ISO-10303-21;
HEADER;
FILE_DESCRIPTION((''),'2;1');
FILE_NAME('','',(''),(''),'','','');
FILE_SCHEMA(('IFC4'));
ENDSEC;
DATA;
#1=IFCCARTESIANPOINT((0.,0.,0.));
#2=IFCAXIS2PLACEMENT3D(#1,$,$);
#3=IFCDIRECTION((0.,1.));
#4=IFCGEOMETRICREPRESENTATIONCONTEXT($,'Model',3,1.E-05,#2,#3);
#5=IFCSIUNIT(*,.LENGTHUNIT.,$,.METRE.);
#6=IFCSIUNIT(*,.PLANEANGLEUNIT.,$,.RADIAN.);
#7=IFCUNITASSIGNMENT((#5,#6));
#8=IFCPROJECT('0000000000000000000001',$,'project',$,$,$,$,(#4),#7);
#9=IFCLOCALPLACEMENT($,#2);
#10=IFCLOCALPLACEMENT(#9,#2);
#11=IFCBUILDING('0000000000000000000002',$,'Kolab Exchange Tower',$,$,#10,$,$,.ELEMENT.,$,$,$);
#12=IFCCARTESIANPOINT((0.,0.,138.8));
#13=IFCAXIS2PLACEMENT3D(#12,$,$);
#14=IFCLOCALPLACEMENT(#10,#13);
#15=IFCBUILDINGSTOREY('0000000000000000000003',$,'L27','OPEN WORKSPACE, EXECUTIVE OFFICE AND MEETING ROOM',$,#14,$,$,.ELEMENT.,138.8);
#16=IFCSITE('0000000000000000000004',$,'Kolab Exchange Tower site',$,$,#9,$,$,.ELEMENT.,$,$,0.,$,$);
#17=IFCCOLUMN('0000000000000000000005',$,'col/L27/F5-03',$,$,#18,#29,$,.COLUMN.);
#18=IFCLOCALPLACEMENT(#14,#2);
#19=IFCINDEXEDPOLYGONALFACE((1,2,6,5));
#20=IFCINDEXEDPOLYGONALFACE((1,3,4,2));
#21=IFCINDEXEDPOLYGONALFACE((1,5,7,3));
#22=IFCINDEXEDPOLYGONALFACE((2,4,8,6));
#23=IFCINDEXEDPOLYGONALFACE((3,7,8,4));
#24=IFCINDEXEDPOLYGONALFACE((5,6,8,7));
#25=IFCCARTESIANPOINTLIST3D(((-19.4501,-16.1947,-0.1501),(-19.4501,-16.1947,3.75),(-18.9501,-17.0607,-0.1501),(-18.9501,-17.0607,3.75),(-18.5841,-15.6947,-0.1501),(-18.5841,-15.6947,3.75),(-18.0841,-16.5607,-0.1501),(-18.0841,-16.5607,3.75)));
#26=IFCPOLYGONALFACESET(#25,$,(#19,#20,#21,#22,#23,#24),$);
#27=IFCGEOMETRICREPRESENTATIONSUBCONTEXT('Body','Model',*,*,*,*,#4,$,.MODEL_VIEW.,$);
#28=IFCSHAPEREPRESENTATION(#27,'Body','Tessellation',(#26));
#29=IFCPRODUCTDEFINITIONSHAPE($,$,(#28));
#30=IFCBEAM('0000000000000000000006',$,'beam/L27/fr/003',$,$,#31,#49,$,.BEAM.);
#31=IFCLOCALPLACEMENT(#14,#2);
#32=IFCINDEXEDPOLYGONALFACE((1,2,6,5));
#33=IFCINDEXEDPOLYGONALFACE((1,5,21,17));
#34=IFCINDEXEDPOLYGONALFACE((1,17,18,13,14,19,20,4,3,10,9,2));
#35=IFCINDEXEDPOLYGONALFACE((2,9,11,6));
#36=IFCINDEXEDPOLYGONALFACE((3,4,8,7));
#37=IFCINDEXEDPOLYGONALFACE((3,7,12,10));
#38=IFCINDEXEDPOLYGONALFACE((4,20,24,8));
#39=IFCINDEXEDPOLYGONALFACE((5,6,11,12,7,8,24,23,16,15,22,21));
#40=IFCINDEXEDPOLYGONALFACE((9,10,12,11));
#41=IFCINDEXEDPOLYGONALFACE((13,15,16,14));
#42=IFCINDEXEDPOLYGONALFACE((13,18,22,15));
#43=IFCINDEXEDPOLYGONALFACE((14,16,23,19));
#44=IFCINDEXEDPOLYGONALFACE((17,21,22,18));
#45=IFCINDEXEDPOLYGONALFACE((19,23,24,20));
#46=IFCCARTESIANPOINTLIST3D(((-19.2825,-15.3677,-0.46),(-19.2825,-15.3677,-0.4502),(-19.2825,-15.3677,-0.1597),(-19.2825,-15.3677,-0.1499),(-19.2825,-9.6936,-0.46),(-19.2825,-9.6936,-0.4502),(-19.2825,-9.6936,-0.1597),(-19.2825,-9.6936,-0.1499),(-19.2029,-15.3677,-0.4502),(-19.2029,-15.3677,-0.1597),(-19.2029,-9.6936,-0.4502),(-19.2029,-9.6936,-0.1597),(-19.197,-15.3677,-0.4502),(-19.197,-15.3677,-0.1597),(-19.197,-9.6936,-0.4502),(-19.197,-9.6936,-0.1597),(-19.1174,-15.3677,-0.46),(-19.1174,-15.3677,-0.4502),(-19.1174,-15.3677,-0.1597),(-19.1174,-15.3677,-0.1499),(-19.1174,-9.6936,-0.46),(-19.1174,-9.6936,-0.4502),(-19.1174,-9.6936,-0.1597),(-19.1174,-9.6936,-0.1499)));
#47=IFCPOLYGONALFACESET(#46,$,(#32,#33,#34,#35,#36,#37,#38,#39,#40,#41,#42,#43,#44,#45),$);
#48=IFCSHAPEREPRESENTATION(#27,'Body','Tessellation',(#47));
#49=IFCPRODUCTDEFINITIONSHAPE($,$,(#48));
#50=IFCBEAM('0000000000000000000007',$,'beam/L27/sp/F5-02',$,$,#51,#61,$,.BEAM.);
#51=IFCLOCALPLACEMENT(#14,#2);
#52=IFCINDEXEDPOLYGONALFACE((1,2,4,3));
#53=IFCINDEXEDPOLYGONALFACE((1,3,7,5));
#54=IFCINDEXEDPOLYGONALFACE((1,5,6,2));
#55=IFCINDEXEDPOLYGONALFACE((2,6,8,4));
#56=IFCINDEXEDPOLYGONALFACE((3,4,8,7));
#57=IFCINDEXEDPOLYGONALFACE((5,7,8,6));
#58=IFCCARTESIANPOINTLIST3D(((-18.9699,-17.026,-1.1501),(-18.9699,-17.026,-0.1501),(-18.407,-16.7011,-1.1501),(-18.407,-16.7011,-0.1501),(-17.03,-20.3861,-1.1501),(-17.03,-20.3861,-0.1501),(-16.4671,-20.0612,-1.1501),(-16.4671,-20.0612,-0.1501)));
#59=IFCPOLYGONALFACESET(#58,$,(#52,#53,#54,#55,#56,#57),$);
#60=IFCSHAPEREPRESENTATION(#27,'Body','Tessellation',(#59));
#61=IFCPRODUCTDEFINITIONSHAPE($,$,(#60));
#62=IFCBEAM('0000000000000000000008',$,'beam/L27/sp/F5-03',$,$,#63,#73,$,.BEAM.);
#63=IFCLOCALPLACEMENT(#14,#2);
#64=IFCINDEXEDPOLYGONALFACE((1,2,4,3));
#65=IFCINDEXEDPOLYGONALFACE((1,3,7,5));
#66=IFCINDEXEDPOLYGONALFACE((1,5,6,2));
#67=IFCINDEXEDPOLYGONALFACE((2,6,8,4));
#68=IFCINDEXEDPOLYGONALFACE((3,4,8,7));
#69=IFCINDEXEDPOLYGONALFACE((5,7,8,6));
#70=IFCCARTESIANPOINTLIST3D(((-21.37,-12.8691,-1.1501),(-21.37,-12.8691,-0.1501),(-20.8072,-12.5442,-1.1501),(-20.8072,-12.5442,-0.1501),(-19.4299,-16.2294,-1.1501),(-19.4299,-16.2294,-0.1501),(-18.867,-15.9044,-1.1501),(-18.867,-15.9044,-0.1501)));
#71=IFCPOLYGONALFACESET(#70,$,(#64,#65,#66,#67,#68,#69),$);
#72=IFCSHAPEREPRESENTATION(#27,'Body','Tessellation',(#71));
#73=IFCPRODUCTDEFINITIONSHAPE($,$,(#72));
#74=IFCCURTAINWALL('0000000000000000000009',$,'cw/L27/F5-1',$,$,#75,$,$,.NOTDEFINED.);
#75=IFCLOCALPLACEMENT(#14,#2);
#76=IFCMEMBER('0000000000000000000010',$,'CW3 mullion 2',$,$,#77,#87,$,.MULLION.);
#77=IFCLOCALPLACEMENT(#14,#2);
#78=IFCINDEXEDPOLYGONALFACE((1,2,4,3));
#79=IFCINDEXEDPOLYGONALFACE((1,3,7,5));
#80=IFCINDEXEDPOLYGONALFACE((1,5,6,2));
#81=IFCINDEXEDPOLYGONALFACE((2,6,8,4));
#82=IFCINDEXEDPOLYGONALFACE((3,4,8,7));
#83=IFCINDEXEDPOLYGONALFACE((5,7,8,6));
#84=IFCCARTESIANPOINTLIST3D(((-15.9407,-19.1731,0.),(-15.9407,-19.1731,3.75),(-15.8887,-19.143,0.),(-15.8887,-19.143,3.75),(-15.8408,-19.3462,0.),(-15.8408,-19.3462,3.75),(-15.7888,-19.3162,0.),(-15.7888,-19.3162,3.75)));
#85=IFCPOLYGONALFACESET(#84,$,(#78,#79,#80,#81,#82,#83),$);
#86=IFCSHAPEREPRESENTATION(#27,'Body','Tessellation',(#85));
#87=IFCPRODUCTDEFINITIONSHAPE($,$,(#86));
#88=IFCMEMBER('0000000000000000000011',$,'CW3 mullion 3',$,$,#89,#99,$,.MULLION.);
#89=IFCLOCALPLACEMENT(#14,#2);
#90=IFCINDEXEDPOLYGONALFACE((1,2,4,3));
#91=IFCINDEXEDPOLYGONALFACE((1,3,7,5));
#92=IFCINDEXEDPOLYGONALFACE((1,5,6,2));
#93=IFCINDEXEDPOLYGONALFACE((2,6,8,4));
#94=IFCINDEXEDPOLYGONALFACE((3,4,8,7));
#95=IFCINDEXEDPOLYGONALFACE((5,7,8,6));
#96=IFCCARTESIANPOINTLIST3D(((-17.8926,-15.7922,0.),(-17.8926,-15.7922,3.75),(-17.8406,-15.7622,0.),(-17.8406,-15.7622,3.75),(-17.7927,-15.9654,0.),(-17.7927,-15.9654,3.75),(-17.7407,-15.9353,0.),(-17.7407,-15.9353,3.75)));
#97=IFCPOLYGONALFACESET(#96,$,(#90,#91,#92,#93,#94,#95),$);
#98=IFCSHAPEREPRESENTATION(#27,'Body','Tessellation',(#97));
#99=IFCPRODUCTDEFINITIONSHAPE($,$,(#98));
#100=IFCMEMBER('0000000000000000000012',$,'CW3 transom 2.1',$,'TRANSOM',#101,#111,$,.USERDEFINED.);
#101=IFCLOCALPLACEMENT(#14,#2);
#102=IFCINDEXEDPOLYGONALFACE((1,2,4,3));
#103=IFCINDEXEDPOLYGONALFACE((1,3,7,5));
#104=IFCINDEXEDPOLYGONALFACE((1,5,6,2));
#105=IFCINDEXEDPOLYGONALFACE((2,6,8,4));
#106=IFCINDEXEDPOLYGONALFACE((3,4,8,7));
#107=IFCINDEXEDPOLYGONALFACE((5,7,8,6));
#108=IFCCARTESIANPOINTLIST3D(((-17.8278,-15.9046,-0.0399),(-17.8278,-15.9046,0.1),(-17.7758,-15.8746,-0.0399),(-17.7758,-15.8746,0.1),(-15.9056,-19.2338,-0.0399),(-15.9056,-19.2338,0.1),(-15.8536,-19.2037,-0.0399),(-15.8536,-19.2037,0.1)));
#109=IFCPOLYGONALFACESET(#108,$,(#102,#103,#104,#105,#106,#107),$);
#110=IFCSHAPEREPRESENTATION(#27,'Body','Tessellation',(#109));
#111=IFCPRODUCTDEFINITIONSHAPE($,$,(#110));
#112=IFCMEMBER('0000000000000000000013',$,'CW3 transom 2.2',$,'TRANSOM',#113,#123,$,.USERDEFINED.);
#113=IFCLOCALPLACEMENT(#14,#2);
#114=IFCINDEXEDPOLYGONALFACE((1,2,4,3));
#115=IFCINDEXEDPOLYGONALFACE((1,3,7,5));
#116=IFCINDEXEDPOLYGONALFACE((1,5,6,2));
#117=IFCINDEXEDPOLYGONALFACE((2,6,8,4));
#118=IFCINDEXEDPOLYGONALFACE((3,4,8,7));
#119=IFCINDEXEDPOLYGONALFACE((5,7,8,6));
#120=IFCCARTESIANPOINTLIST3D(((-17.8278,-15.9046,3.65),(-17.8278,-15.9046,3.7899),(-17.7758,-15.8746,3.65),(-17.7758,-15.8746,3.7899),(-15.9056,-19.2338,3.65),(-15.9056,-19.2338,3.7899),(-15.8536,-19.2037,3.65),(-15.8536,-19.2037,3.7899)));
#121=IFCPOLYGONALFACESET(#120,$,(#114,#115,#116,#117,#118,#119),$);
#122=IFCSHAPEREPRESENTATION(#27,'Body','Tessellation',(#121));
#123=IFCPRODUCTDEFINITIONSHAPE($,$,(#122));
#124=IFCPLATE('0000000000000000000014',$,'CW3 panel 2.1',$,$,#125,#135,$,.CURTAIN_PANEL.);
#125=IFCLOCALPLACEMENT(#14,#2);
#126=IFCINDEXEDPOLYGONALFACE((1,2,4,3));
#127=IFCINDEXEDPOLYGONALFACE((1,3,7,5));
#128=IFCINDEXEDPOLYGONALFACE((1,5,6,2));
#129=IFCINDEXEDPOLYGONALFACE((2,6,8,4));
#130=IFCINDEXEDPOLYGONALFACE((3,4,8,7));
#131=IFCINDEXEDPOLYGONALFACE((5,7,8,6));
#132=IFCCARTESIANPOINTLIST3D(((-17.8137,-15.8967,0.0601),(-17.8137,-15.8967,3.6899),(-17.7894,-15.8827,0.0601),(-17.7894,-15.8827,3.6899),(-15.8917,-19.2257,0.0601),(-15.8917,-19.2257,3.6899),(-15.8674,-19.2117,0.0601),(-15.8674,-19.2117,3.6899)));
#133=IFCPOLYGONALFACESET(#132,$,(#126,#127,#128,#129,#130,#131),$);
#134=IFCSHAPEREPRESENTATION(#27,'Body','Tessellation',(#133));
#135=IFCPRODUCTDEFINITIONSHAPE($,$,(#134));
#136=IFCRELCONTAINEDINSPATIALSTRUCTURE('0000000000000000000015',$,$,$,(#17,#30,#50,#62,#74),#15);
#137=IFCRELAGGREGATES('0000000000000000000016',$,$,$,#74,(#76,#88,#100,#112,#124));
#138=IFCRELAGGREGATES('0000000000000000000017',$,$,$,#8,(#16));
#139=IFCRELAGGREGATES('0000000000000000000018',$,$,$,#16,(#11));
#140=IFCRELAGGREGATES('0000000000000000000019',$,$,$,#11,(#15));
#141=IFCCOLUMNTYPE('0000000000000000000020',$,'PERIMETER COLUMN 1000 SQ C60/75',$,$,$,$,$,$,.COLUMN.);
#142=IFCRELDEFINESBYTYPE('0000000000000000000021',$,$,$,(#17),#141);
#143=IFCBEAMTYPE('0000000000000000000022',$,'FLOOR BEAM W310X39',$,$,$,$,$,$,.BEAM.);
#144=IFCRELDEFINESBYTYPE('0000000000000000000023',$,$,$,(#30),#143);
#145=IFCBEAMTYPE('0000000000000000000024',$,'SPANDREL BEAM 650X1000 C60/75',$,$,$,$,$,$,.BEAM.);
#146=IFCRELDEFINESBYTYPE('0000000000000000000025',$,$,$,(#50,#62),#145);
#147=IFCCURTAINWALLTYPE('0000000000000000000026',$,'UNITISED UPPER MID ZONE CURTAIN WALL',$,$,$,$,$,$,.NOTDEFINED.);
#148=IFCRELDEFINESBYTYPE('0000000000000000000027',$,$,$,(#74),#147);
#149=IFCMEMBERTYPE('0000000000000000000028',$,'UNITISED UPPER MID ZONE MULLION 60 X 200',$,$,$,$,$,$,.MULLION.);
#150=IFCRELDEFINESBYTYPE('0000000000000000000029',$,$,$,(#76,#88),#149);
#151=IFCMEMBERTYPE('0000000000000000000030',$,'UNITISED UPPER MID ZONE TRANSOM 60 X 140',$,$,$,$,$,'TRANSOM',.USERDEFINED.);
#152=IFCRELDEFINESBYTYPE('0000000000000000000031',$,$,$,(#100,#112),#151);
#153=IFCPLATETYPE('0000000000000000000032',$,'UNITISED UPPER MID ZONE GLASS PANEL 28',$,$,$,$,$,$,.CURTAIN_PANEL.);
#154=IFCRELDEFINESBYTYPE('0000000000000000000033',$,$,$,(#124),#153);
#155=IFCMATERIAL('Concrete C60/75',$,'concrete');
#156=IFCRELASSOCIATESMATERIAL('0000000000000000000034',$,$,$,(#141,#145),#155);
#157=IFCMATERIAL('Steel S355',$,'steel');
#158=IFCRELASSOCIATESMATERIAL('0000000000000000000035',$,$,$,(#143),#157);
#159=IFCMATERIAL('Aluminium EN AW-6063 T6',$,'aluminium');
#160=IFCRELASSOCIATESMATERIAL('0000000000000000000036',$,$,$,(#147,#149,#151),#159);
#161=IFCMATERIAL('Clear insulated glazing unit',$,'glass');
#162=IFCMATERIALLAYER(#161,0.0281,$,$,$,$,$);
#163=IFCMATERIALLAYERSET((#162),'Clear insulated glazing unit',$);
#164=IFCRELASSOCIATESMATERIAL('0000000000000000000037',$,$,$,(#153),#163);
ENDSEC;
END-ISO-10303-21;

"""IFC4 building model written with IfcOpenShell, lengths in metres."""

from ifc_helpers import new_model, si_unit, direction, frame, origin, origin_2d, place, context, subcontext, project, spatial, rectangle, i_section, extrude, material, layer, layer_set, material_profile, profile_set, type_object, element, aggregate, save


model = new_model("IFC4")

# Units and contexts
model_context = context("Model", 3, precision=1e-05, world=origin(), true_north=direction((0.0, 1.0)))
body_context = subcontext(model_context, "Body", "Model", "MODEL_VIEW")
ifc_project = project(units=[si_unit("LENGTHUNIT", "METRE"), si_unit("PLANEANGLEUNIT", "RADIAN")], contexts=[model_context])

# Site, building, storey
site_placement = place(None, origin())
site = spatial("IfcSite", under=ifc_project, at=site_placement, Name="Kolab Exchange Tower site", CompositionType="ELEMENT", RefElevation=0.0)
building_placement = place(site_placement, origin())
building = spatial("IfcBuilding", under=site, at=building_placement, Name="Kolab Exchange Tower", CompositionType="ELEMENT")
storey_placement = place(building_placement, frame((0.0, 0.0, 138.8)))
storey = spatial("IfcBuildingStorey", under=building, at=storey_placement, Name="L27", Description="OPEN WORKSPACE, EXECUTIVE OFFICE AND MEETING ROOM", CompositionType="ELEMENT", Elevation=138.8)

# Column
ifc_material_1 = material(Name="Concrete C60/75", Category="concrete")
ifc_material_profile_1 = material_profile(ifc_material_1, rectangle(XDim=1.0, YDim=1.0, at=origin_2d()), Name="RC1000")
ifc_profile_set_1 = profile_set([ifc_material_profile_1], Name="Concrete C60/75")
column_type = type_object("IfcColumnType", Name="PERIMETER COLUMN 1000 SQ C60/75", PredefinedType="COLUMN", material=ifc_profile_set_1)
column_placement = place(storey_placement, frame((-18.7671, -16.3777, -0.1501), z_axis=(0.0, 0.0, 1.0), x_axis=(0.866025, 0.5, 0.0)))
element("IfcColumn", 1, at=column_placement, inside=storey, type_object=column_type, Name="col/L27/F5-03", PredefinedType="COLUMN", context=body_context, shape_type="SweptSolid", body=[
    extrude(rectangle(XDim=1.0, YDim=1.0, at=origin_2d()), origin(), (0.0, 0.0, 1.0), 3.9001),
])

# Beams
ifc_material_2 = material(Name="Steel S355", Category="steel")
ifc_material_profile_2 = material_profile(ifc_material_2, i_section(OverallWidth=0.165, OverallDepth=0.3101, WebThickness=0.0059, FlangeThickness=0.0098, at=origin_2d()), Name="W310X39")
ifc_profile_set_2 = profile_set([ifc_material_profile_2], Name="Steel S355")
beam_type_1 = type_object("IfcBeamType", Name="FLOOR BEAM W310X39", PredefinedType="BEAM", material=ifc_profile_set_2)
beam_1_placement = place(storey_placement, frame((-19.2, -15.3677, -0.3049), z_axis=(0.0, 1.0, 0.0), x_axis=(-1.0, 0.0, 0.0)))
element("IfcBeam", 2, at=beam_1_placement, inside=storey, type_object=beam_type_1, Name="beam/L27/fr/003", PredefinedType="BEAM", context=body_context, shape_type="SweptSolid", body=[
    extrude(i_section(OverallWidth=0.165, OverallDepth=0.3101, WebThickness=0.0059, FlangeThickness=0.0098, at=origin_2d()), origin(), (0.0, 0.0, 1.0), 5.6741),
])
ifc_material_profile_3 = material_profile(ifc_material_1, rectangle(XDim=0.6499, YDim=1.0, at=origin_2d()), Name="RC650X1000")
ifc_profile_set_3 = profile_set([ifc_material_profile_3], Name="Concrete C60/75")
beam_type_2 = type_object("IfcBeamType", Name="SPANDREL BEAM 650X1000 C60/75", PredefinedType="BEAM", material=ifc_profile_set_3)
beam_2_placement = place(storey_placement, frame((-16.7485, -20.2236, -0.6501), z_axis=(-0.499997, 0.866027, 0.0), x_axis=(-0.866027, -0.499997, 0.0)))
element("IfcBeam", 3, at=beam_2_placement, inside=storey, type_object=beam_type_2, Name="beam/L27/sp/F5-02", PredefinedType="BEAM", context=body_context, shape_type="SweptSolid", body=[
    extrude(rectangle(XDim=0.6499, YDim=1.0, at=origin_2d()), origin(), (0.0, 0.0, 1.0), 3.8799),
])
beam_3_placement = place(storey_placement, frame((-19.1484, -16.0669, -0.6501), z_axis=(-0.500017, 0.866016, 0.0), x_axis=(-0.866016, -0.500017, 0.0)))
element("IfcBeam", 4, at=beam_3_placement, inside=storey, type_object=beam_type_2, Name="beam/L27/sp/F5-03", PredefinedType="BEAM", context=body_context, shape_type="SweptSolid", body=[
    extrude(rectangle(XDim=0.6499, YDim=1.0, at=origin_2d()), origin(), (0.0, 0.0, 1.0), 3.8801),
])

# Curtain wall, members, plate
ifc_material_3 = material(Name="Aluminium EN AW-6063 T6", Category="aluminium")
curtain_wall_type = type_object("IfcCurtainWallType", Name="UNITISED UPPER MID ZONE CURTAIN WALL", PredefinedType="NOTDEFINED", material=ifc_material_3)
curtain_wall_placement = place(storey_placement, origin())
curtain_wall = element("IfcCurtainWall", 5, at=curtain_wall_placement, inside=storey, type_object=curtain_wall_type, Name="cw/L27/F5-1", PredefinedType="NOTDEFINED")
ifc_material_profile_4 = material_profile(ifc_material_3, rectangle(XDim=0.0601, YDim=0.2, at=origin_2d()), Name="RECT 60X200")
ifc_profile_set_4 = profile_set([ifc_material_profile_4], Name="Aluminium EN AW-6063 T6")
member_type_1 = type_object("IfcMemberType", Name="UNITISED UPPER MID ZONE MULLION 60 X 200", PredefinedType="MULLION", material=ifc_profile_set_4)
member_1_placement = place(storey_placement, frame((-15.8647, -19.2446, 0.0), z_axis=(0.0, 0.0, 1.0), x_axis=(-0.866025, -0.5, 0.0)))
member_1 = element("IfcMember", 6, at=member_1_placement, type_object=member_type_1, Name="CW3 mullion 2", PredefinedType="MULLION", context=body_context, shape_type="SweptSolid", body=[
    extrude(rectangle(XDim=0.0601, YDim=0.2, at=origin_2d()), origin(), (0.0, 0.0, 1.0), 3.75),
])
member_2_placement = place(storey_placement, frame((-17.8167, -15.8638, 0.0), z_axis=(0.0, 0.0, 1.0), x_axis=(-0.866025, -0.5, 0.0)))
member_2 = element("IfcMember", 7, at=member_2_placement, type_object=member_type_1, Name="CW3 mullion 3", PredefinedType="MULLION", context=body_context, shape_type="SweptSolid", body=[
    extrude(rectangle(XDim=0.0601, YDim=0.2, at=origin_2d()), origin(), (0.0, 0.0, 1.0), 3.75),
])
ifc_material_profile_5 = material_profile(ifc_material_3, rectangle(XDim=0.0601, YDim=0.1399, at=origin_2d()), Name="RECT 60X140")
ifc_profile_set_5 = profile_set([ifc_material_profile_5], Name="Aluminium EN AW-6063 T6")
member_type_2 = type_object("IfcMemberType", Name="UNITISED UPPER MID ZONE TRANSOM 60 X 140", ElementType="TRANSOM", PredefinedType="USERDEFINED", material=ifc_profile_set_5)
member_3_placement = place(storey_placement, frame((-15.8796, -19.2188, 0.03), z_axis=(-0.500012, 0.866018, 0.0), x_axis=(-0.866018, -0.500012, 0.0)))
member_3 = element("IfcMember", 8, at=member_3_placement, type_object=member_type_2, Name="CW3 transom 2.1", ObjectType="TRANSOM", PredefinedType="USERDEFINED", context=body_context, shape_type="SweptSolid", body=[
    extrude(rectangle(XDim=0.0601, YDim=0.1399, at=origin_2d()), origin(), (0.0, 0.0, 1.0), 3.8442),
])
member_4_placement = place(storey_placement, frame((-15.8796, -19.2188, 3.72), z_axis=(-0.500012, 0.866018, 0.0), x_axis=(-0.866018, -0.500012, 0.0)))
member_4 = element("IfcMember", 9, at=member_4_placement, type_object=member_type_2, Name="CW3 transom 2.2", ObjectType="TRANSOM", PredefinedType="USERDEFINED", context=body_context, shape_type="SweptSolid", body=[
    extrude(rectangle(XDim=0.0601, YDim=0.1399, at=origin_2d()), origin(), (0.0, 0.0, 1.0), 3.8442),
])
ifc_material_4 = material(Name="Clear insulated glazing unit", Category="glass")
ifc_layer_1 = layer(ifc_material_4, 0.0281)
ifc_layer_set_1 = layer_set([ifc_layer_1], Name="Clear insulated glazing unit")
plate_type = type_object("IfcPlateType", Name="UNITISED UPPER MID ZONE GLASS PANEL 28", PredefinedType="CURTAIN_PANEL", material=ifc_layer_set_1)
plate_placement = place(storey_placement, frame((-16.8406, -17.5542, 0.0601), z_axis=(0.0, 0.0, 1.0), x_axis=(-0.5, 0.866025, 0.0)))
plate = element("IfcPlate", 10, at=plate_placement, type_object=plate_type, Name="CW3 panel 2.1", PredefinedType="CURTAIN_PANEL", context=body_context, shape_type="SweptSolid", body=[
    extrude(rectangle(XDim=3.844, YDim=0.0281, at=origin_2d()), origin(), (0.0, 0.0, 1.0), 3.6299),
])
aggregate(curtain_wall, [member_1, member_2, member_3, member_4, plate])

save(model, "model.ifc")
